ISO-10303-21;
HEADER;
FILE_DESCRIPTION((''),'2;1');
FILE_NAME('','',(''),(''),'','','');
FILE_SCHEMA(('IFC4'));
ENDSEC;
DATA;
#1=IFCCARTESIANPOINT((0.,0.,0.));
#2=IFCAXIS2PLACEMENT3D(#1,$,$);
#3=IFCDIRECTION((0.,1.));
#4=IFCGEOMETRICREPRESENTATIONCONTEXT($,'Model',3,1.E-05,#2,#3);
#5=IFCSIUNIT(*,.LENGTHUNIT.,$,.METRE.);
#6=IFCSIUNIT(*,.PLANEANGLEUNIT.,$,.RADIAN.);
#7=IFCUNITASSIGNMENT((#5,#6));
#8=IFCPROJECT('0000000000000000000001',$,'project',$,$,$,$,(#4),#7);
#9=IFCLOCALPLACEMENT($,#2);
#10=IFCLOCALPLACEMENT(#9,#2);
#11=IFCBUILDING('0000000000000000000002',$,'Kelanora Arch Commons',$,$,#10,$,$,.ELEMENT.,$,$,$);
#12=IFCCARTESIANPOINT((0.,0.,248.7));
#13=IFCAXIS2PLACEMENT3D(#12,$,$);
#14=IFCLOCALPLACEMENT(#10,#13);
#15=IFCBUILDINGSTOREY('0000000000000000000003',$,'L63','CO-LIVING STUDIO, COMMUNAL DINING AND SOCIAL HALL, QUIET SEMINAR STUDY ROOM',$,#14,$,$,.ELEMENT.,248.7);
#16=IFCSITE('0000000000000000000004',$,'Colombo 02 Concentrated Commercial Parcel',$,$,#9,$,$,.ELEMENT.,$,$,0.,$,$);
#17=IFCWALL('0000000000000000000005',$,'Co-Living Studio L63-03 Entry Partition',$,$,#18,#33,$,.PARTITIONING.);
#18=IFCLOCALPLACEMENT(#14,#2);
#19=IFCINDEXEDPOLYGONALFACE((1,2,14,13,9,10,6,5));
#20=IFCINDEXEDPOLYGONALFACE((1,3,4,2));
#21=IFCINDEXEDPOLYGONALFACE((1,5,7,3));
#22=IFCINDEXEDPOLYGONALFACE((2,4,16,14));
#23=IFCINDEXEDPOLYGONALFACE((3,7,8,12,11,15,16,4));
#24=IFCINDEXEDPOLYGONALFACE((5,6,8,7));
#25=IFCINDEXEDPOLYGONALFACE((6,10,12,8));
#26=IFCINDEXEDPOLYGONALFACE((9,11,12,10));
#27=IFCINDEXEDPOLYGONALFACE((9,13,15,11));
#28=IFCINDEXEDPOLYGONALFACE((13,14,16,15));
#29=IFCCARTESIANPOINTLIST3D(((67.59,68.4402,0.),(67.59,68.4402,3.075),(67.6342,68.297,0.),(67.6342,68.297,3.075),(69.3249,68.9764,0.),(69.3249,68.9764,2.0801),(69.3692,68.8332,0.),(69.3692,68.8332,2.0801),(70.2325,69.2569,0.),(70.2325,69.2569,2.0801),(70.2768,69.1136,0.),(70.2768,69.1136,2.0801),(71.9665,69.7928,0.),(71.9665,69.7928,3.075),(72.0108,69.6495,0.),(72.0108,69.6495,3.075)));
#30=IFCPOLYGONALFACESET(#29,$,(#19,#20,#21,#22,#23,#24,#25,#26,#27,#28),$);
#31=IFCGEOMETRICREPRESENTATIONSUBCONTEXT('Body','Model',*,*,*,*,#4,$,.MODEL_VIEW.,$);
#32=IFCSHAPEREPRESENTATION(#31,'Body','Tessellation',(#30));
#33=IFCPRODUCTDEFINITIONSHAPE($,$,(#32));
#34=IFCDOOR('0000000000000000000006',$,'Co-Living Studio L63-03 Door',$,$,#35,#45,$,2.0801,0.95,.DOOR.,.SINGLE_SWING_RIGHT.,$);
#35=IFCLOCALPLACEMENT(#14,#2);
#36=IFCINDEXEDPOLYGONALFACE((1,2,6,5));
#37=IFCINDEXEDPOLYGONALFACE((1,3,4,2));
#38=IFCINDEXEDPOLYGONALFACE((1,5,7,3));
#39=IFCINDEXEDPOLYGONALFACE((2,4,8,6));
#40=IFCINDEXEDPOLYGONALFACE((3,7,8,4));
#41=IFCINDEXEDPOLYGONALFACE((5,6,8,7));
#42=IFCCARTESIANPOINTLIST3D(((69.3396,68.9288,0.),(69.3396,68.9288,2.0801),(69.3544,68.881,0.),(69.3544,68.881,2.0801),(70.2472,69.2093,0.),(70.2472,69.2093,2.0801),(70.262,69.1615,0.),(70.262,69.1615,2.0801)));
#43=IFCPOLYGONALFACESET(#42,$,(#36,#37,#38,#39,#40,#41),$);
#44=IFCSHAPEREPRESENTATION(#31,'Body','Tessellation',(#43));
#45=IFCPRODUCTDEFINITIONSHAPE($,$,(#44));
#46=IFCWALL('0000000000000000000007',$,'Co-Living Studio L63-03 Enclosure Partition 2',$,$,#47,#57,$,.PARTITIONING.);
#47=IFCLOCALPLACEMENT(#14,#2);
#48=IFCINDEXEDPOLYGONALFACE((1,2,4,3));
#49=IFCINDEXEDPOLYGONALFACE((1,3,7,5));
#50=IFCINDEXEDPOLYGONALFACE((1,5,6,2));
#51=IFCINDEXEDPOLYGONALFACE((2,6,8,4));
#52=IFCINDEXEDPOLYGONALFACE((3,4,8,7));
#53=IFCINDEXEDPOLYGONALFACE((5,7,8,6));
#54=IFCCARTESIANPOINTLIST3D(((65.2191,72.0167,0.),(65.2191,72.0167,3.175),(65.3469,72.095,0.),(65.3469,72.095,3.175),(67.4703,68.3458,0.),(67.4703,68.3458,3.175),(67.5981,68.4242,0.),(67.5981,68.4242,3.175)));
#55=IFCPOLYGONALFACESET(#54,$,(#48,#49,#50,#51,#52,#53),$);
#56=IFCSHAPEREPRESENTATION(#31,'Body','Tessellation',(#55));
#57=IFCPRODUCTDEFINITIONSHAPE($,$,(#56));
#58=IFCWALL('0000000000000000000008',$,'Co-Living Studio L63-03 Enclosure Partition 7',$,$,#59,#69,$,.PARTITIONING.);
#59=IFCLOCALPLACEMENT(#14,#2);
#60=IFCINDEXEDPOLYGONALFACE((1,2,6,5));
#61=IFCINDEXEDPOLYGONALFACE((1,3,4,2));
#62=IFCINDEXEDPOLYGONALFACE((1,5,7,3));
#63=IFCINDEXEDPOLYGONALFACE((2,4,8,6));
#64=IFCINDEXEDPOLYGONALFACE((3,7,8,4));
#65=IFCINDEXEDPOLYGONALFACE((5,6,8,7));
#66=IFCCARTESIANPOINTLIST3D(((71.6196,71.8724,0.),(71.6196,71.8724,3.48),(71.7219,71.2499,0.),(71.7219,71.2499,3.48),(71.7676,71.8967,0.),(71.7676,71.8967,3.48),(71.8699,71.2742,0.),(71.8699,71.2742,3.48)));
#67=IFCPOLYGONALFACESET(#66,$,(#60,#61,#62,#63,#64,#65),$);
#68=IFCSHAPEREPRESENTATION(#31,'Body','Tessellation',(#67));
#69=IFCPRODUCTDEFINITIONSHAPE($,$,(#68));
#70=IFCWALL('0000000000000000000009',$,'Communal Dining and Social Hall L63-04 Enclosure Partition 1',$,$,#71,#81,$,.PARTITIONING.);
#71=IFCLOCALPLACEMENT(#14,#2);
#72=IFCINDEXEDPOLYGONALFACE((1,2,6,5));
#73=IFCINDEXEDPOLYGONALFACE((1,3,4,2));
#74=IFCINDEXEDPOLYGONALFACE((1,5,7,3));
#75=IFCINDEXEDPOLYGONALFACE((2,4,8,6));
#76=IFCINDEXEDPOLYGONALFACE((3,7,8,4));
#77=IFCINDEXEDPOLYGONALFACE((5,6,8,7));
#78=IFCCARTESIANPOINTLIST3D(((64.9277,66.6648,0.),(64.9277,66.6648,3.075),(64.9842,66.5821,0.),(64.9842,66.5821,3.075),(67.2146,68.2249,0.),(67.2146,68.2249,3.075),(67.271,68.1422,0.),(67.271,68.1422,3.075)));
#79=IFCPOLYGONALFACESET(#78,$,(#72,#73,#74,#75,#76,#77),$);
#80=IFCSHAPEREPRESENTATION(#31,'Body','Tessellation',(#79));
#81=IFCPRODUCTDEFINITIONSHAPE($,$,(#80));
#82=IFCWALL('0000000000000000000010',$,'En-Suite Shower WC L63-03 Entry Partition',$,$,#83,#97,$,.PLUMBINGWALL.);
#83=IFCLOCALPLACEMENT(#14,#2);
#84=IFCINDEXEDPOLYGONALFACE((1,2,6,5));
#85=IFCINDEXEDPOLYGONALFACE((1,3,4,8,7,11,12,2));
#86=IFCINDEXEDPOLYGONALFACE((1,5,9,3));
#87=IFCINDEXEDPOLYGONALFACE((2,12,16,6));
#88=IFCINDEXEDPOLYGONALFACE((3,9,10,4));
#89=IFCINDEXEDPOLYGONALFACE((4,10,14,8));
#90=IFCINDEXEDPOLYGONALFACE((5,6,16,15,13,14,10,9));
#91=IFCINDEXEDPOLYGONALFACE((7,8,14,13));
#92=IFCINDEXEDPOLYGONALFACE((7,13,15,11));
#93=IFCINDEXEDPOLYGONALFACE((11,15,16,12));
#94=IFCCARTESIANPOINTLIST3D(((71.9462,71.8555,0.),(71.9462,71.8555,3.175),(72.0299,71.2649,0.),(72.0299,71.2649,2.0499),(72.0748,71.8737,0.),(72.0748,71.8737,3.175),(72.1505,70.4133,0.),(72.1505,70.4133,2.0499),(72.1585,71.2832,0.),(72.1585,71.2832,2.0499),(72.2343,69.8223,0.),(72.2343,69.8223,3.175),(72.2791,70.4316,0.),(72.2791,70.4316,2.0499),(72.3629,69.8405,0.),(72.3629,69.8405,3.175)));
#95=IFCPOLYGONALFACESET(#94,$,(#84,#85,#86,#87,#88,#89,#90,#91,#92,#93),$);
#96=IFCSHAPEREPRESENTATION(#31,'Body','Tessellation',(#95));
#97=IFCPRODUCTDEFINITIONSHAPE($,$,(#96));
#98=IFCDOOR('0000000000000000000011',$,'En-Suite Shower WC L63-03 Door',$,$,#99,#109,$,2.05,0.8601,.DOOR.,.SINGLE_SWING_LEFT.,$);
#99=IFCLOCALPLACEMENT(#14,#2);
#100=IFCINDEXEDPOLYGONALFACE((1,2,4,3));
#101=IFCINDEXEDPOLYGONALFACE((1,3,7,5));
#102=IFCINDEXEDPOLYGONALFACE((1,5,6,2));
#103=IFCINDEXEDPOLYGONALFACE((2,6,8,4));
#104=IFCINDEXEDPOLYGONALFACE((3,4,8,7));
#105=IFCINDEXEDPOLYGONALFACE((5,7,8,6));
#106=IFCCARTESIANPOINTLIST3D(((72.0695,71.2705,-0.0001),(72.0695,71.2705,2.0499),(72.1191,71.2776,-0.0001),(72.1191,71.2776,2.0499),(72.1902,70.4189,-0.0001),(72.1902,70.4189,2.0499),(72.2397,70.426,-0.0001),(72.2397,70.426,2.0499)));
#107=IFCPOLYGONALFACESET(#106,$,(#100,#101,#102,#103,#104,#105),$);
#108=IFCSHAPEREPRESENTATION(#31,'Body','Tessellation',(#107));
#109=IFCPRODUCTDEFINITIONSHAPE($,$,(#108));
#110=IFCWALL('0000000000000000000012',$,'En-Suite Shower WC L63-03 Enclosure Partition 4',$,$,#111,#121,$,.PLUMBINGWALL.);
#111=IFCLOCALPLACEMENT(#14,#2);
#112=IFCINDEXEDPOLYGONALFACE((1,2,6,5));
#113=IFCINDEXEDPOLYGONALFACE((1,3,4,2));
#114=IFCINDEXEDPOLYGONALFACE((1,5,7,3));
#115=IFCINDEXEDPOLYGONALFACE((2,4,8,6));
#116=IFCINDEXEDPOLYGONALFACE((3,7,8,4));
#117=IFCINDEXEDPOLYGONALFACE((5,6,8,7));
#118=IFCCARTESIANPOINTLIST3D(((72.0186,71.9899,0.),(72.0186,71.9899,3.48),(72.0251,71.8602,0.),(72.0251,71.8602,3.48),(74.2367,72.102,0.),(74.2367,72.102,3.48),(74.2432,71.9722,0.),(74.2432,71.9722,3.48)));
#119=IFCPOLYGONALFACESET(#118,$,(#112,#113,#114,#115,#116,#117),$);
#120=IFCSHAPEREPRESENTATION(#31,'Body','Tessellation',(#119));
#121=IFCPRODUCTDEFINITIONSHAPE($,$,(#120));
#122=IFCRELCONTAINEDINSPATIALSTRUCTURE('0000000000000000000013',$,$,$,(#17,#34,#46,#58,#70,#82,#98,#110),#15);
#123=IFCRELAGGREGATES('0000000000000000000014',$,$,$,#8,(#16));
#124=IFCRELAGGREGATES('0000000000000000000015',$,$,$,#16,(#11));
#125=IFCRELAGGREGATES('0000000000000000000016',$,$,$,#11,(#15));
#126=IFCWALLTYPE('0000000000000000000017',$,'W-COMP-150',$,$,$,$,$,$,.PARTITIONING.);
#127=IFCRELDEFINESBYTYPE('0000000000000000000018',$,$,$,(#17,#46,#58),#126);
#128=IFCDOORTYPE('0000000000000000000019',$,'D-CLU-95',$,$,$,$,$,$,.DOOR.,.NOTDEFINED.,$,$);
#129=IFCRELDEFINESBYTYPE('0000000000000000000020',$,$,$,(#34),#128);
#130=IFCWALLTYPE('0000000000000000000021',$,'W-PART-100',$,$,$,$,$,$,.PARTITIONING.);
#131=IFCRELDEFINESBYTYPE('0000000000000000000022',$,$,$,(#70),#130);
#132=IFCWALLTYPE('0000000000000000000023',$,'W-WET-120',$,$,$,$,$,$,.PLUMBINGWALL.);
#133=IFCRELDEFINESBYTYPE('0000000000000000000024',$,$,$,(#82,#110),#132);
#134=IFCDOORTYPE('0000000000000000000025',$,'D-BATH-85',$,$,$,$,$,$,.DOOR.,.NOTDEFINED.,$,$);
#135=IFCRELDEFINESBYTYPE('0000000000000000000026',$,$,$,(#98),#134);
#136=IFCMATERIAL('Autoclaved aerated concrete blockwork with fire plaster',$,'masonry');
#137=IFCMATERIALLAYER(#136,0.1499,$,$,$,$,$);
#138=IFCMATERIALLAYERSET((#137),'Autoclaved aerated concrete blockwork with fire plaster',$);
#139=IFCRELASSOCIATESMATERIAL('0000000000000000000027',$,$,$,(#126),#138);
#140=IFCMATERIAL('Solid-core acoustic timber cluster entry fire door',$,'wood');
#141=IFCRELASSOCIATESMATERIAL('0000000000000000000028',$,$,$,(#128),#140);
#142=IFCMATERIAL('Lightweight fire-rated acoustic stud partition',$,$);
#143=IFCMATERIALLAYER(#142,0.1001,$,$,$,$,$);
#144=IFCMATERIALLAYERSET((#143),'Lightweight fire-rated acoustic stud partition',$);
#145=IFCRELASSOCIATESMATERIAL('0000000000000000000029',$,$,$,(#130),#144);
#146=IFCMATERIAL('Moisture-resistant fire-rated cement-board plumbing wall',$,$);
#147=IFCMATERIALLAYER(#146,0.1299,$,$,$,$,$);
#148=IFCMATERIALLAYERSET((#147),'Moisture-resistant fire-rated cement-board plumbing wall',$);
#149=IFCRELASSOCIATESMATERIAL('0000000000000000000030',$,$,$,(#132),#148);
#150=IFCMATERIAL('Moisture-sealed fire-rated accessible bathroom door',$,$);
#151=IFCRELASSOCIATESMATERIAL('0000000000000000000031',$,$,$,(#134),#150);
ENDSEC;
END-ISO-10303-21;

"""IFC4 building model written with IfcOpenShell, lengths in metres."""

from ifc_helpers import new_model, si_unit, direction, frame, frame_2d, origin, place, context, subcontext, project, spatial, rectangle, extrude, material, layer, layer_set, type_object, element, fill, save


model = new_model("IFC4")

# Units and contexts
model_context = context("Model", 3, precision=1e-05, world=origin(), true_north=direction((0.0, 1.0)))
body_context = subcontext(model_context, "Body", "Model", "MODEL_VIEW")
ifc_project = project(units=[si_unit("LENGTHUNIT", "METRE"), si_unit("PLANEANGLEUNIT", "RADIAN")], contexts=[model_context])

# Site, building, storey
site_placement = place(None, origin())
site = spatial("IfcSite", under=ifc_project, at=site_placement, Name="Colombo 02 Concentrated Commercial Parcel", CompositionType="ELEMENT", RefElevation=0.0)
building_placement = place(site_placement, origin())
building = spatial("IfcBuilding", under=site, at=building_placement, Name="Kelanora Arch Commons", CompositionType="ELEMENT")
storey_placement = place(building_placement, frame((0.0, 0.0, 248.7)))
storey = spatial("IfcBuildingStorey", under=building, at=storey_placement, Name="L63", Description="CO-LIVING STUDIO, COMMUNAL DINING AND SOCIAL HALL, QUIET SEMINAR STUDY ROOM", CompositionType="ELEMENT", Elevation=248.7)

# Wall, opening, door
ifc_material_1 = material(Name="Autoclaved aerated concrete blockwork with fire plaster", Category="masonry")
ifc_layer_1 = layer(ifc_material_1, 0.1499)
ifc_layer_set_1 = layer_set([ifc_layer_1], Name="Autoclaved aerated concrete blockwork with fire plaster")
wall_type_1 = type_object("IfcWallType", Name="W-COMP-150", PredefinedType="PARTITIONING", material=ifc_layer_set_1)
wall_1_placement = place(storey_placement, frame((71.9888, 69.7212, 0.0), z_axis=(0.0, 0.0, 1.0), x_axis=(-0.955414, -0.295269, 0.0)))
wall_1 = element("IfcWall", 1, at=wall_1_placement, inside=storey, type_object=wall_type_1, Name="Co-Living Studio L63-03 Entry Partition", PredefinedType="PARTITIONING", context=body_context, shape_type="SweptSolid", body=[
    extrude(rectangle(XDim=4.5808, YDim=0.1499, at=frame_2d((2.2905, 0.0))), origin(), (0.0, 0.0, 1.0), 3.075),
])
opening_1_placement = place(wall_1_placement, frame((1.8149, 0.0, 0.0)))
opening_1 = element("IfcOpeningElement", 2, at=opening_1_placement, cuts=wall_1, PredefinedType="OPENING", context=body_context, shape_type="SweptSolid", body=[
    extrude(rectangle(XDim=0.95, YDim=2.0801, at=frame_2d((0.4751, 1.04))), frame((0.0, 0.085, 0.0), z_axis=(0.0, -1.0, 0.0), x_axis=(1.0, 0.0, 0.0)), (0.0, 0.0, 1.0), 0.1699),
])
ifc_material_2 = material(Name="Solid-core acoustic timber cluster entry fire door", Category="wood")
door_type_1 = type_object("IfcDoorType", Name="D-CLU-95", OperationType="NOTDEFINED", PredefinedType="DOOR", material=ifc_material_2)
door_1_placement = place(opening_1_placement, origin())
door_1 = element("IfcDoor", 3, at=door_1_placement, inside=storey, type_object=door_type_1, Name="Co-Living Studio L63-03 Door", OperationType="SINGLE_SWING_RIGHT", OverallHeight=2.0801, OverallWidth=0.95, PredefinedType="DOOR", context=body_context, shape_type="SweptSolid", body=[
    extrude(rectangle(XDim=0.95, YDim=2.0801, at=frame_2d((0.4751, 1.04))), frame((0.0, 0.0249, 0.0), z_axis=(0.0, -1.0, 0.0), x_axis=(1.0, 0.0, 0.0)), (0.0, 0.0, 1.0), 0.05),
])
fill(opening_1, door_1)

# Walls
wall_2_placement = place(storey_placement, frame((67.5342, 68.385, 0.0), z_axis=(0.0, 0.0, 1.0), x_axis=(-0.522784, 0.852465, 0.0)))
element("IfcWall", 4, at=wall_2_placement, inside=storey, type_object=wall_type_1, Name="Co-Living Studio L63-03 Enclosure Partition 2", PredefinedType="PARTITIONING", context=body_context, shape_type="SweptSolid", body=[
    extrude(rectangle(XDim=4.3062, YDim=0.1499, at=frame_2d((2.1531, 0.0))), origin(), (0.0, 0.0, 1.0), 3.175),
])
wall_3_placement = place(storey_placement, frame((71.6936, 71.8845, 0.0), z_axis=(0.0, 0.0, 1.0), x_axis=(0.16214, -0.986768, 0.0)))
element("IfcWall", 5, at=wall_3_placement, inside=storey, type_object=wall_type_1, Name="Co-Living Studio L63-03 Enclosure Partition 7", PredefinedType="PARTITIONING", context=body_context, shape_type="SweptSolid", body=[
    extrude(rectangle(XDim=0.6309, YDim=0.1499, at=frame_2d((0.3154, 0.0))), origin(), (0.0, 0.0, 1.0), 3.48),
])
ifc_material_3 = material(Name="Lightweight fire-rated acoustic stud partition")
ifc_layer_2 = layer(ifc_material_3, 0.1001)
ifc_layer_set_2 = layer_set([ifc_layer_2], Name="Lightweight fire-rated acoustic stud partition")
wall_type_2 = type_object("IfcWallType", Name="W-PART-100", PredefinedType="PARTITIONING", material=ifc_layer_set_2)
wall_4_placement = place(storey_placement, frame((67.2429, 68.1836, 0.0), z_axis=(0.0, 0.0, 1.0), x_axis=(-0.826087, -0.563542, 0.0)))
element("IfcWall", 6, at=wall_4_placement, inside=storey, type_object=wall_type_2, Name="Communal Dining and Social Hall L63-04 Enclosure Partition 1", PredefinedType="PARTITIONING", context=body_context, shape_type="SweptSolid", body=[
    extrude(rectangle(XDim=2.7683, YDim=0.1001, at=frame_2d((1.3843, 0.0))), origin(), (0.0, 0.0, 1.0), 3.075),
])

# Wall, opening, door
ifc_material_4 = material(Name="Moisture-resistant fire-rated cement-board plumbing wall")
ifc_layer_3 = layer(ifc_material_4, 0.1299)
ifc_layer_set_3 = layer_set([ifc_layer_3], Name="Moisture-resistant fire-rated cement-board plumbing wall")
wall_type_3 = type_object("IfcWallType", Name="W-WET-120", PredefinedType="PLUMBINGWALL", material=ifc_layer_set_3)
wall_5_placement = place(storey_placement, frame((72.2986, 69.8313, 0.0), z_axis=(0.0, 0.0, 1.0), x_axis=(-0.140289, 0.990111, 0.0)))
wall_5 = element("IfcWall", 7, at=wall_5_placement, inside=storey, type_object=wall_type_3, Name="En-Suite Shower WC L63-03 Entry Partition", PredefinedType="PLUMBINGWALL", context=body_context, shape_type="SweptSolid", body=[
    extrude(rectangle(XDim=2.0535, YDim=0.1299, at=frame_2d((1.0269, 0.0))), origin(), (0.0, 0.0, 1.0), 3.175),
])
opening_2_placement = place(wall_5_placement, frame((0.5969, 0.0, 0.0)))
opening_2 = element("IfcOpeningElement", 8, at=opening_2_placement, cuts=wall_5, PredefinedType="OPENING", context=body_context, shape_type="SweptSolid", body=[
    extrude(rectangle(XDim=0.8601, YDim=2.05, at=frame_2d((0.4302, 1.0249))), frame((0.0, 0.075, 0.0), z_axis=(0.0, -1.0, 0.0), x_axis=(1.0, 0.0, 0.0)), (0.0, 0.0, 1.0), 0.1499),
])
ifc_material_5 = material(Name="Moisture-sealed fire-rated accessible bathroom door")
door_type_2 = type_object("IfcDoorType", Name="D-BATH-85", OperationType="NOTDEFINED", PredefinedType="DOOR", material=ifc_material_5)
door_2_placement = place(opening_2_placement, origin())
door_2 = element("IfcDoor", 9, at=door_2_placement, inside=storey, type_object=door_type_2, Name="En-Suite Shower WC L63-03 Door", OperationType="SINGLE_SWING_LEFT", OverallHeight=2.05, OverallWidth=0.8601, PredefinedType="DOOR", context=body_context, shape_type="SweptSolid", body=[
    extrude(rectangle(XDim=0.8601, YDim=2.05, at=frame_2d((0.4302, 1.0249))), frame((0.0, 0.0249, 0.0), z_axis=(0.0, -1.0, 0.0), x_axis=(1.0, 0.0, 0.0)), (0.0, 0.0, 1.0), 0.05),
])
fill(opening_2, door_2)

# Wall
wall_6_placement = place(storey_placement, frame((72.022, 71.925, 0.0), z_axis=(0.0, 0.0, 1.0), x_axis=(0.998726, 0.050458, 0.0)))
element("IfcWall", 10, at=wall_6_placement, inside=storey, type_object=wall_type_3, Name="En-Suite Shower WC L63-03 Enclosure Partition 4", PredefinedType="PLUMBINGWALL", context=body_context, shape_type="SweptSolid", body=[
    extrude(rectangle(XDim=2.2209, YDim=0.1299, at=frame_2d((1.1104, 0.0))), origin(), (0.0, 0.0, 1.0), 3.48),
])

save(model, "model.ifc")
